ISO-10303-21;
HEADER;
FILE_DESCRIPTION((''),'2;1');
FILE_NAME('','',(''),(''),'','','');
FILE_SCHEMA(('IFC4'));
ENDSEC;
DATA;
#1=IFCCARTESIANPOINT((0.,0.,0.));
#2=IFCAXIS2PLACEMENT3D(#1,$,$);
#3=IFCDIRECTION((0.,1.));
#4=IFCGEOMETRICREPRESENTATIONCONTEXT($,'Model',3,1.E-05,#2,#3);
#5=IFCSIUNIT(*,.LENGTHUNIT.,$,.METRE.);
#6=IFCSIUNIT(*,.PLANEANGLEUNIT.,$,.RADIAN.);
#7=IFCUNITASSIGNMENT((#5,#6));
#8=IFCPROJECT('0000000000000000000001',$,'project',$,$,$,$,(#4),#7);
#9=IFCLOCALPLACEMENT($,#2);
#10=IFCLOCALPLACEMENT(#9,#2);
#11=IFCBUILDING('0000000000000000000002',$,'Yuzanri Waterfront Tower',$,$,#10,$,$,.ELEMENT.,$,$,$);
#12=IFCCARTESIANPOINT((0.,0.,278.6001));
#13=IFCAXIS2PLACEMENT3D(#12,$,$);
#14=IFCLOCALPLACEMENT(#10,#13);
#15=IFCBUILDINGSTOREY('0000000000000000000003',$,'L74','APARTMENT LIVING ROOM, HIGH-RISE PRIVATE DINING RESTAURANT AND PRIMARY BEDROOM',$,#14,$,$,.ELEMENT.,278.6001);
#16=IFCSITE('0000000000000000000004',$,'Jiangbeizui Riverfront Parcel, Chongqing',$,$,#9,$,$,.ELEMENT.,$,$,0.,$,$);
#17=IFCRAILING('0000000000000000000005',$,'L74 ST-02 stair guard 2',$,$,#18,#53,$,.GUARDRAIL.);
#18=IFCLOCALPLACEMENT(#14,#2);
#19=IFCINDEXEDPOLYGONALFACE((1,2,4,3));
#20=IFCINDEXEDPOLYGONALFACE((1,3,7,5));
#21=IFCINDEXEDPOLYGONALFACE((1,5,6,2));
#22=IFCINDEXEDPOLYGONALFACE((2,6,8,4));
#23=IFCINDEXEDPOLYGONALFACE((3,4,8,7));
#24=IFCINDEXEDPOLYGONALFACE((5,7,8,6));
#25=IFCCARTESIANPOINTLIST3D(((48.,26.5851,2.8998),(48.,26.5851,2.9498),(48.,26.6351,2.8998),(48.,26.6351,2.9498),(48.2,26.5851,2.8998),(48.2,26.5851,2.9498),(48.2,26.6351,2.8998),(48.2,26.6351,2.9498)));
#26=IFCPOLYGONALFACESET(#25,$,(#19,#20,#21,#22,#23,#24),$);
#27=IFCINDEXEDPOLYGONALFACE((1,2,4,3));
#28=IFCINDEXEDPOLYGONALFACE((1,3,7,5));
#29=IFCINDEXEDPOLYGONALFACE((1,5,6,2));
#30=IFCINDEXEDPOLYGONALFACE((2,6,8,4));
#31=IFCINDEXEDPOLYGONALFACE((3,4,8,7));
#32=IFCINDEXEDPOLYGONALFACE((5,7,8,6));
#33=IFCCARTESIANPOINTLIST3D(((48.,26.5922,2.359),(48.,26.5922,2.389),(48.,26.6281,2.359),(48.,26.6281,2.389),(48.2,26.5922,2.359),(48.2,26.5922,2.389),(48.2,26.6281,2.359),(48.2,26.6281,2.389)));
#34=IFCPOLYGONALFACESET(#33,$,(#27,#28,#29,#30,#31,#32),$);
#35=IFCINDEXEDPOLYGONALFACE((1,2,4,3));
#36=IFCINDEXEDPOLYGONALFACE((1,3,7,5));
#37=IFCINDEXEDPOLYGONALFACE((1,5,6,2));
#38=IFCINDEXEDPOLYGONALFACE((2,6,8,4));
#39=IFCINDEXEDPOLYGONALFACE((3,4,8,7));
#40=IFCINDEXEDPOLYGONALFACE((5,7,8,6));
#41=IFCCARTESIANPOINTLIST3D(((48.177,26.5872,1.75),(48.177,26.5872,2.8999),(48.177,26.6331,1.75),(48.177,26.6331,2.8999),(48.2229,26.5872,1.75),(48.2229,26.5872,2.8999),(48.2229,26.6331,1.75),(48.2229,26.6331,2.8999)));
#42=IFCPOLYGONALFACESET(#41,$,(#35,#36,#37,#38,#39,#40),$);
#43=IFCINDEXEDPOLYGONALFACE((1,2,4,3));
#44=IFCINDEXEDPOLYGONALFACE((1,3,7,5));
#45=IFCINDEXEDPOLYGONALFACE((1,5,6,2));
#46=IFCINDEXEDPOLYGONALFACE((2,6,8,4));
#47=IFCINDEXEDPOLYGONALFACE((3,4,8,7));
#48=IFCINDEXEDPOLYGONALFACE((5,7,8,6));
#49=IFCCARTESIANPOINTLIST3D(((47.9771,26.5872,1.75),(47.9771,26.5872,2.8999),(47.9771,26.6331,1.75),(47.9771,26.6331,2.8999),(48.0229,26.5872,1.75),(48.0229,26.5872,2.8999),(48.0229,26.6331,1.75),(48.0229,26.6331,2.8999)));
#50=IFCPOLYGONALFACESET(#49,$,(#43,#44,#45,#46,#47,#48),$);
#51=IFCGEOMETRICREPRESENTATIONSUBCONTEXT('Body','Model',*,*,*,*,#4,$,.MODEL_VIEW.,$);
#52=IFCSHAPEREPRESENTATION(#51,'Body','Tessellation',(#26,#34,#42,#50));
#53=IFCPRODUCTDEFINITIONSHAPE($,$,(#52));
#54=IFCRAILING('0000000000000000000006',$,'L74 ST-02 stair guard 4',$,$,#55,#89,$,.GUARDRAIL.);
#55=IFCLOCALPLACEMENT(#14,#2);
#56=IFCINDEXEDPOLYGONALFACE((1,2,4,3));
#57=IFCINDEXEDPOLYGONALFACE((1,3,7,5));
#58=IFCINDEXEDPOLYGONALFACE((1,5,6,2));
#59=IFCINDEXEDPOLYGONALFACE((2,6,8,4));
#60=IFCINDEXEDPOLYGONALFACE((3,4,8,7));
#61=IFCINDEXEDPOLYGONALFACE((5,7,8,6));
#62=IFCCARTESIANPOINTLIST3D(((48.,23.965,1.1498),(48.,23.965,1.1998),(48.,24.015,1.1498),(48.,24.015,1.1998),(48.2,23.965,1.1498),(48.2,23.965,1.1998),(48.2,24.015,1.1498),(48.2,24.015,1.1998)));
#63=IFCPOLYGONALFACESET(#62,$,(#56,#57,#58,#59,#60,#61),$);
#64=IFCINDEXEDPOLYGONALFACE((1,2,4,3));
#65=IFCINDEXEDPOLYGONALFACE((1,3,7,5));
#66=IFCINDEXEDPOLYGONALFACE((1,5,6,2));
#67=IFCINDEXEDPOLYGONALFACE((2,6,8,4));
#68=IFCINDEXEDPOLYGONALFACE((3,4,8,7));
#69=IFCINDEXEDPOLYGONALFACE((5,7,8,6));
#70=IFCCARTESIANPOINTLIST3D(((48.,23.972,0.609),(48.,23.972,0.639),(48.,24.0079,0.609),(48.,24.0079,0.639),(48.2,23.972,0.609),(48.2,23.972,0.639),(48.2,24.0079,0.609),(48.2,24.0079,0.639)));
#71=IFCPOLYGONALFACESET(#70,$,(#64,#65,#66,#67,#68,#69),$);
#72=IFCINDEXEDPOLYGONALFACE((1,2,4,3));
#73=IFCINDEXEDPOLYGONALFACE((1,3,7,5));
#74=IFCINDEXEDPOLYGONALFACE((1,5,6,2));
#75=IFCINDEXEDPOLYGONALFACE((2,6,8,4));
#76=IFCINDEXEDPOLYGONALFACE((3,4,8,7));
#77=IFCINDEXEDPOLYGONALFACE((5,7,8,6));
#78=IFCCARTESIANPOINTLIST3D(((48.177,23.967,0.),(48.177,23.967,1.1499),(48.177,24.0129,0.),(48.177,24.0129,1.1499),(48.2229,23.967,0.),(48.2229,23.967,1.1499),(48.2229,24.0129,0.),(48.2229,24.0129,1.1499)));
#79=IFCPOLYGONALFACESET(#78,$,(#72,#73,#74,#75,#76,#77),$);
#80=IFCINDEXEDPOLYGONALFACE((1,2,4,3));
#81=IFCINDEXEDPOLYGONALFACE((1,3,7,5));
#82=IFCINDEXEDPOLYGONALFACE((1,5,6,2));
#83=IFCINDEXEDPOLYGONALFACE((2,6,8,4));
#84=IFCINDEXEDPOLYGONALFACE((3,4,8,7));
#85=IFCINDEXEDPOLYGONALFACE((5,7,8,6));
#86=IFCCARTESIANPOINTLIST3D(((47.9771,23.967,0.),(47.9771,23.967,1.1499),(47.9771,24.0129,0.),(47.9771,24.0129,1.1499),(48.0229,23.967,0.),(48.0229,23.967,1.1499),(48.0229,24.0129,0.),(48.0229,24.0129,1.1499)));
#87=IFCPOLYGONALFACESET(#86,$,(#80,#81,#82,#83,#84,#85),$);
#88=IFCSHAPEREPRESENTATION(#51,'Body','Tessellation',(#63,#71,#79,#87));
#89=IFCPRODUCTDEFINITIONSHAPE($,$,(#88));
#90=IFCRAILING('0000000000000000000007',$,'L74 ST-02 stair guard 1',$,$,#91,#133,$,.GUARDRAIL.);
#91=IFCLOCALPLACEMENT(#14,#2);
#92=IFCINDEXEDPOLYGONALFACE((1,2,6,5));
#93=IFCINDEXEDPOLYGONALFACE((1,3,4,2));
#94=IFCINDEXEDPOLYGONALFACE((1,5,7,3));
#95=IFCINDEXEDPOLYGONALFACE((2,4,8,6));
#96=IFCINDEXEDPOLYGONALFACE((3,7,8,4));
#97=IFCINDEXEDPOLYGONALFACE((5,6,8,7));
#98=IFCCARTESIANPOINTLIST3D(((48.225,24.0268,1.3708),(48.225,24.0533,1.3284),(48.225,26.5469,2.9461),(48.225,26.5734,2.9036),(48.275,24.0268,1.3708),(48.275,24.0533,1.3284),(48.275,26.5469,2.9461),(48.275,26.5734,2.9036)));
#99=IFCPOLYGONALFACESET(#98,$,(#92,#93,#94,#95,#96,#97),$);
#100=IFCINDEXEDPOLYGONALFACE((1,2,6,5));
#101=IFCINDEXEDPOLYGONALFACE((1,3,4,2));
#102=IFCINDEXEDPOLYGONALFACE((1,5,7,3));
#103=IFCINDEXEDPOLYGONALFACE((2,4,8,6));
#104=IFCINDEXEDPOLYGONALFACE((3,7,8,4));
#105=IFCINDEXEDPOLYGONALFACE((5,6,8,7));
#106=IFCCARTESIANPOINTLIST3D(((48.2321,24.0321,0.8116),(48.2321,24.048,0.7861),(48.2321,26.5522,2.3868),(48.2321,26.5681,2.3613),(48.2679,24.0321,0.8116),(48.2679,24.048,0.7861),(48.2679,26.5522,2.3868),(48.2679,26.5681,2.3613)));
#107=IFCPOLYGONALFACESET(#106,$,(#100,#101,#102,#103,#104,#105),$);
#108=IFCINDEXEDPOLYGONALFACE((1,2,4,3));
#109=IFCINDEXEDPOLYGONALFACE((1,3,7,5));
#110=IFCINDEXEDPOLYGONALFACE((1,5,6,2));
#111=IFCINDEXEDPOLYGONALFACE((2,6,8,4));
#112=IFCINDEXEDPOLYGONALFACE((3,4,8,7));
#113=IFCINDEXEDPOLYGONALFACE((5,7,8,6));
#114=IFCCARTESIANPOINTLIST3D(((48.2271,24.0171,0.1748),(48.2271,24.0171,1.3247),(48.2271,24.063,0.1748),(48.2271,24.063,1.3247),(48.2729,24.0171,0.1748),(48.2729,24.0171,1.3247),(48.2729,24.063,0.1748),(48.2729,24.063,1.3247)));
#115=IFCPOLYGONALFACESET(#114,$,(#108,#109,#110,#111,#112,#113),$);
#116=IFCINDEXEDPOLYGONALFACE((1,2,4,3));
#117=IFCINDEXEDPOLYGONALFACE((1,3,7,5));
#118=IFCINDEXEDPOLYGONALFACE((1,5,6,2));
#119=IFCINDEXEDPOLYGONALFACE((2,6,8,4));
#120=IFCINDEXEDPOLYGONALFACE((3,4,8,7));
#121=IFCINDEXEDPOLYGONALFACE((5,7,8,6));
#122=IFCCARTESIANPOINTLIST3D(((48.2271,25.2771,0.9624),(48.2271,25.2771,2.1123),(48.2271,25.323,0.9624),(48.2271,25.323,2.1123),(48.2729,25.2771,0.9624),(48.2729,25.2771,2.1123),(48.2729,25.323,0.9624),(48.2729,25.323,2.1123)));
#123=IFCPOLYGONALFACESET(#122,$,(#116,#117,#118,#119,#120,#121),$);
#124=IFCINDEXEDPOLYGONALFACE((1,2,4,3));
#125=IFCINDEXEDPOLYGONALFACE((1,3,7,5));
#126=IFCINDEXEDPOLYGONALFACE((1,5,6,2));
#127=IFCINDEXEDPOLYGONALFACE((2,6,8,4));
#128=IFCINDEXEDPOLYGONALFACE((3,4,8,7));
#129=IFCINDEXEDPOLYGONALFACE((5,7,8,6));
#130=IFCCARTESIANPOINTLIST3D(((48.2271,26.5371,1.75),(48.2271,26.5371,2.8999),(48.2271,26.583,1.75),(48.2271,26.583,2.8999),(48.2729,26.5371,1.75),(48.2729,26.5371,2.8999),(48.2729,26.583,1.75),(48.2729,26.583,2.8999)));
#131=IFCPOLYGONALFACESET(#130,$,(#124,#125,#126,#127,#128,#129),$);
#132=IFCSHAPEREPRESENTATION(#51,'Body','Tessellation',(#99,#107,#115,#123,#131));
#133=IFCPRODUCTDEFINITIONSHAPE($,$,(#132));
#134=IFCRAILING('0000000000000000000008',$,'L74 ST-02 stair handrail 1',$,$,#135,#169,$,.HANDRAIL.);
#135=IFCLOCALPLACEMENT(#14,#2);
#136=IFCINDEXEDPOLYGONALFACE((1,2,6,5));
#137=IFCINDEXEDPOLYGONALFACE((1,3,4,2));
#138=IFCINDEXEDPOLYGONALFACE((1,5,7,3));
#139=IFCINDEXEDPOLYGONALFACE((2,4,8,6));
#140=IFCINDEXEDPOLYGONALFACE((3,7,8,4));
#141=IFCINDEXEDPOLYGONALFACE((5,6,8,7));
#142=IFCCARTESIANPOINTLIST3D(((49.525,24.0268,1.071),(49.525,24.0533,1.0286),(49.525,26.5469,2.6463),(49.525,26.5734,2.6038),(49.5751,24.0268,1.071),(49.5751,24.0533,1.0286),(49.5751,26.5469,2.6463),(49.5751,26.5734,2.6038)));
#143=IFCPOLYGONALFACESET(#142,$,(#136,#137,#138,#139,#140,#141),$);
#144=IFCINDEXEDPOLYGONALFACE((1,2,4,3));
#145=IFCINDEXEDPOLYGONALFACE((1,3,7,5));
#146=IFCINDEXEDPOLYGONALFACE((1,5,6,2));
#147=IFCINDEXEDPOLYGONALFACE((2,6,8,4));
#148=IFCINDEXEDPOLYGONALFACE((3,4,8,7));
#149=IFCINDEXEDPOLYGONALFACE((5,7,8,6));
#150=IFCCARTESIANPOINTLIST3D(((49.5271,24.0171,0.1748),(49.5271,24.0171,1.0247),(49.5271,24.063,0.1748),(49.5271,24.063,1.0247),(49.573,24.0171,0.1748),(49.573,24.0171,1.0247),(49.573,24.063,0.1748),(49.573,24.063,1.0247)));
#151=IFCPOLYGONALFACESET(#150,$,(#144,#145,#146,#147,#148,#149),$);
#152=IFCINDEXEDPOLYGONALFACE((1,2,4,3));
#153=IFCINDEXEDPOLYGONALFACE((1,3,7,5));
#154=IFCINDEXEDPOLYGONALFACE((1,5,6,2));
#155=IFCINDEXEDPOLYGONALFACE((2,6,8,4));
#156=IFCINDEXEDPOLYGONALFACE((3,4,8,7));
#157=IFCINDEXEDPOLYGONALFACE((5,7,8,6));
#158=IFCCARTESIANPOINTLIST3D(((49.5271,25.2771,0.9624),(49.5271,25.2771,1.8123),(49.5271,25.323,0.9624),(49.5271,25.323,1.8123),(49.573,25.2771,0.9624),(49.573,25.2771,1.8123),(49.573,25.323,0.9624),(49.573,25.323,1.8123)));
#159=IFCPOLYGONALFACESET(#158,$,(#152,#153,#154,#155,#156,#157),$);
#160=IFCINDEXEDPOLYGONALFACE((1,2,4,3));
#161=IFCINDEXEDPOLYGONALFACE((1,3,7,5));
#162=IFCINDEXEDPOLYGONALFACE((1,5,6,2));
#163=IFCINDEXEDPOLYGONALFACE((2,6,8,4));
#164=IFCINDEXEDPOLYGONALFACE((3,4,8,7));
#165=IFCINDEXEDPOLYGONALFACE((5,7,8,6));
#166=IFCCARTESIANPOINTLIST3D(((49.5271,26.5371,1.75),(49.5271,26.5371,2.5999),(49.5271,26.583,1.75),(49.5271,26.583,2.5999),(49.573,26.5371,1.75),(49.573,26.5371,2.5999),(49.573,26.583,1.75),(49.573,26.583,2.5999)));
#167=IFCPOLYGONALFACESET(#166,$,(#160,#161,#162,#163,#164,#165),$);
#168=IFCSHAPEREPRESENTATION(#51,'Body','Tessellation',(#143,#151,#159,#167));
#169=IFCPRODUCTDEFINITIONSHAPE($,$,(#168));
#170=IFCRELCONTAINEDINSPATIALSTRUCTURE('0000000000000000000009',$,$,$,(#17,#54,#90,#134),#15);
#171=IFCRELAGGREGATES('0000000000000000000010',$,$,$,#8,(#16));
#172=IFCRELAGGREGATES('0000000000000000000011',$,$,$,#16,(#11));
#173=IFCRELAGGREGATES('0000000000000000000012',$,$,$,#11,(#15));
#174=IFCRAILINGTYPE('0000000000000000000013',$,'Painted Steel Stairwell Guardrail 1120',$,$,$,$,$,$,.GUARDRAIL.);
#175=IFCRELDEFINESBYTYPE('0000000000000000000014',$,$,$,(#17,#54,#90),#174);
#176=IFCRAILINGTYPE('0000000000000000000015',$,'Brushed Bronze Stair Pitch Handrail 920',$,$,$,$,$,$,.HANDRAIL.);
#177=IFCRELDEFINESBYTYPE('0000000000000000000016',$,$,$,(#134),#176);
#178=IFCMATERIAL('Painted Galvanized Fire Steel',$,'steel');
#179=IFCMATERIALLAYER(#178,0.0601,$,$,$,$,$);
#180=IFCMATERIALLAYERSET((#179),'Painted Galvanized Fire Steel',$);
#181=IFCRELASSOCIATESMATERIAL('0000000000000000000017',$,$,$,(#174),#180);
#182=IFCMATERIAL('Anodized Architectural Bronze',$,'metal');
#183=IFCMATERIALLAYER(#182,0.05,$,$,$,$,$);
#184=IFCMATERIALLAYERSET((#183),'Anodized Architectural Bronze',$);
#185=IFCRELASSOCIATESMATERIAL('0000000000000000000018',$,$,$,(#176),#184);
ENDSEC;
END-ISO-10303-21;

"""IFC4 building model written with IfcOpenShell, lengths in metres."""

from ifc_helpers import new_model, si_unit, direction, frame, origin, origin_2d, place, context, subcontext, project, spatial, rectangle, extrude, source, transform, mapped, material, layer, layer_set, type_object, element, save


model = new_model("IFC4")

# Units and contexts
model_context = context("Model", 3, precision=1e-05, world=origin(), true_north=direction((0.0, 1.0)))
body_context = subcontext(model_context, "Body", "Model", "MODEL_VIEW")
ifc_project = project(units=[si_unit("LENGTHUNIT", "METRE"), si_unit("PLANEANGLEUNIT", "RADIAN")], contexts=[model_context])

# Site, building, storey
site_placement = place(None, origin())
site = spatial("IfcSite", under=ifc_project, at=site_placement, Name="Jiangbeizui Riverfront Parcel, Chongqing", CompositionType="ELEMENT", RefElevation=0.0)
building_placement = place(site_placement, origin())
building = spatial("IfcBuilding", under=site, at=building_placement, Name="Yuzanri Waterfront Tower", CompositionType="ELEMENT")
storey_placement = place(building_placement, frame((0.0, 0.0, 278.6001)))
storey = spatial("IfcBuildingStorey", under=building, at=storey_placement, Name="L74", Description="APARTMENT LIVING ROOM, HIGH-RISE PRIVATE DINING RESTAURANT AND PRIMARY BEDROOM", CompositionType="ELEMENT", Elevation=278.6001)

# Railings
ifc_material_1 = material(Name="Painted Galvanized Fire Steel", Category="steel")
ifc_layer_1 = layer(ifc_material_1, 0.0601)
ifc_layer_set_1 = layer_set([ifc_layer_1], Name="Painted Galvanized Fire Steel")
railing_type_1 = type_object("IfcRailingType", Name="Painted Steel Stairwell Guardrail 1120", PredefinedType="GUARDRAIL", material=ifc_layer_set_1)
shared_shape_1 = source(origin(), body_context, "Body", "SweptSolid", [
    extrude(rectangle(XDim=0.05, YDim=0.05, at=origin_2d()), frame((0.0, 0.0, 1.1748), z_axis=(-1.0, 0.0, 0.0), x_axis=(0.0, -1.0, 0.0)), (0.0, 0.0, 1.0), 0.2),
    extrude(rectangle(XDim=0.0359, YDim=0.03, at=origin_2d()), frame((0.0, 0.0, 0.624), z_axis=(-1.0, 0.0, 0.0), x_axis=(0.0, -1.0, 0.0)), (0.0, 0.0, 1.0), 0.2),
    extrude(rectangle(XDim=0.0459, YDim=0.0459, at=origin_2d()), origin(), (0.0, 0.0, 1.0), 1.1499),
    extrude(rectangle(XDim=0.0459, YDim=0.0459, at=origin_2d()), frame((-0.2, 0.0, 0.0)), (0.0, 0.0, 1.0), 1.1499),
])
for number, where, name in (
    (1, (48.2, 26.6101, 1.75), "L74 ST-02 stair guard 2"),
    (2, (48.2, 23.99, 0.0), "L74 ST-02 stair guard 4"),
):
    element("IfcRailing", number, at=place(storey_placement, frame(where)), inside=storey, type_object=railing_type_1, Name=name, PredefinedType="GUARDRAIL", context=body_context, shape_type="MappedRepresentation", body=[
        mapped(shared_shape_1, transform((0.0, 0.0, 0.0), scale=1.0)),
    ])
shared_shape_2 = source(origin(), body_context, "Body", "SweptSolid", [
    extrude(rectangle(XDim=0.05, YDim=0.05, at=origin_2d()), frame((0.0, 0.0, 1.1748), z_axis=(0.0, 0.847971, 0.530043), x_axis=(-1.0, 0.0, 0.0)), (0.0, 0.0, 1.0), 2.9719),
    extrude(rectangle(XDim=0.0359, YDim=0.03, at=origin_2d()), frame((0.0, 0.0, 0.624), z_axis=(0.0, 0.847971, 0.530043), x_axis=(-1.0, 0.0, 0.0)), (0.0, 0.0, 1.0), 2.9719),
    extrude(rectangle(XDim=0.0459, YDim=0.0459, at=origin_2d()), origin(), (0.0, 0.0, 1.0), 1.1499),
    extrude(rectangle(XDim=0.0459, YDim=0.0459, at=origin_2d()), frame((0.0, 1.26, 0.7876)), (0.0, 0.0, 1.0), 1.1499),
    extrude(rectangle(XDim=0.0459, YDim=0.0459, at=origin_2d()), frame((0.0, 2.52, 1.5752)), (0.0, 0.0, 1.0), 1.1499),
])
railing_1_placement = place(storey_placement, frame((48.25, 24.04, 0.1748)))
element("IfcRailing", 3, at=railing_1_placement, inside=storey, type_object=railing_type_1, Name="L74 ST-02 stair guard 1", PredefinedType="GUARDRAIL", context=body_context, shape_type="MappedRepresentation", body=[
    mapped(shared_shape_2, transform((0.0, 0.0, 0.0), scale=1.0)),
])
ifc_material_2 = material(Name="Anodized Architectural Bronze", Category="metal")
ifc_layer_2 = layer(ifc_material_2, 0.05)
ifc_layer_set_2 = layer_set([ifc_layer_2], Name="Anodized Architectural Bronze")
railing_type_2 = type_object("IfcRailingType", Name="Brushed Bronze Stair Pitch Handrail 920", PredefinedType="HANDRAIL", material=ifc_layer_set_2)
shared_shape_3 = source(origin(), body_context, "Body", "SweptSolid", [
    extrude(rectangle(XDim=0.05, YDim=0.05, at=origin_2d()), frame((0.0, 0.0, 0.875), z_axis=(0.0, 0.847971, 0.530043), x_axis=(-1.0, 0.0, 0.0)), (0.0, 0.0, 1.0), 2.9719),
    extrude(rectangle(XDim=0.0459, YDim=0.0459, at=origin_2d()), origin(), (0.0, 0.0, 1.0), 0.8499),
    extrude(rectangle(XDim=0.0459, YDim=0.0459, at=origin_2d()), frame((0.0, 1.26, 0.7876)), (0.0, 0.0, 1.0), 0.8499),
    extrude(rectangle(XDim=0.0459, YDim=0.0459, at=origin_2d()), frame((0.0, 2.52, 1.5752)), (0.0, 0.0, 1.0), 0.8499),
])
railing_2_placement = place(storey_placement, frame((49.55, 24.04, 0.1748)))
element("IfcRailing", 4, at=railing_2_placement, inside=storey, type_object=railing_type_2, Name="L74 ST-02 stair handrail 1", PredefinedType="HANDRAIL", context=body_context, shape_type="MappedRepresentation", body=[
    mapped(shared_shape_3, transform((0.0, 0.0, 0.0), scale=1.0)),
])

save(model, "model.ifc")
